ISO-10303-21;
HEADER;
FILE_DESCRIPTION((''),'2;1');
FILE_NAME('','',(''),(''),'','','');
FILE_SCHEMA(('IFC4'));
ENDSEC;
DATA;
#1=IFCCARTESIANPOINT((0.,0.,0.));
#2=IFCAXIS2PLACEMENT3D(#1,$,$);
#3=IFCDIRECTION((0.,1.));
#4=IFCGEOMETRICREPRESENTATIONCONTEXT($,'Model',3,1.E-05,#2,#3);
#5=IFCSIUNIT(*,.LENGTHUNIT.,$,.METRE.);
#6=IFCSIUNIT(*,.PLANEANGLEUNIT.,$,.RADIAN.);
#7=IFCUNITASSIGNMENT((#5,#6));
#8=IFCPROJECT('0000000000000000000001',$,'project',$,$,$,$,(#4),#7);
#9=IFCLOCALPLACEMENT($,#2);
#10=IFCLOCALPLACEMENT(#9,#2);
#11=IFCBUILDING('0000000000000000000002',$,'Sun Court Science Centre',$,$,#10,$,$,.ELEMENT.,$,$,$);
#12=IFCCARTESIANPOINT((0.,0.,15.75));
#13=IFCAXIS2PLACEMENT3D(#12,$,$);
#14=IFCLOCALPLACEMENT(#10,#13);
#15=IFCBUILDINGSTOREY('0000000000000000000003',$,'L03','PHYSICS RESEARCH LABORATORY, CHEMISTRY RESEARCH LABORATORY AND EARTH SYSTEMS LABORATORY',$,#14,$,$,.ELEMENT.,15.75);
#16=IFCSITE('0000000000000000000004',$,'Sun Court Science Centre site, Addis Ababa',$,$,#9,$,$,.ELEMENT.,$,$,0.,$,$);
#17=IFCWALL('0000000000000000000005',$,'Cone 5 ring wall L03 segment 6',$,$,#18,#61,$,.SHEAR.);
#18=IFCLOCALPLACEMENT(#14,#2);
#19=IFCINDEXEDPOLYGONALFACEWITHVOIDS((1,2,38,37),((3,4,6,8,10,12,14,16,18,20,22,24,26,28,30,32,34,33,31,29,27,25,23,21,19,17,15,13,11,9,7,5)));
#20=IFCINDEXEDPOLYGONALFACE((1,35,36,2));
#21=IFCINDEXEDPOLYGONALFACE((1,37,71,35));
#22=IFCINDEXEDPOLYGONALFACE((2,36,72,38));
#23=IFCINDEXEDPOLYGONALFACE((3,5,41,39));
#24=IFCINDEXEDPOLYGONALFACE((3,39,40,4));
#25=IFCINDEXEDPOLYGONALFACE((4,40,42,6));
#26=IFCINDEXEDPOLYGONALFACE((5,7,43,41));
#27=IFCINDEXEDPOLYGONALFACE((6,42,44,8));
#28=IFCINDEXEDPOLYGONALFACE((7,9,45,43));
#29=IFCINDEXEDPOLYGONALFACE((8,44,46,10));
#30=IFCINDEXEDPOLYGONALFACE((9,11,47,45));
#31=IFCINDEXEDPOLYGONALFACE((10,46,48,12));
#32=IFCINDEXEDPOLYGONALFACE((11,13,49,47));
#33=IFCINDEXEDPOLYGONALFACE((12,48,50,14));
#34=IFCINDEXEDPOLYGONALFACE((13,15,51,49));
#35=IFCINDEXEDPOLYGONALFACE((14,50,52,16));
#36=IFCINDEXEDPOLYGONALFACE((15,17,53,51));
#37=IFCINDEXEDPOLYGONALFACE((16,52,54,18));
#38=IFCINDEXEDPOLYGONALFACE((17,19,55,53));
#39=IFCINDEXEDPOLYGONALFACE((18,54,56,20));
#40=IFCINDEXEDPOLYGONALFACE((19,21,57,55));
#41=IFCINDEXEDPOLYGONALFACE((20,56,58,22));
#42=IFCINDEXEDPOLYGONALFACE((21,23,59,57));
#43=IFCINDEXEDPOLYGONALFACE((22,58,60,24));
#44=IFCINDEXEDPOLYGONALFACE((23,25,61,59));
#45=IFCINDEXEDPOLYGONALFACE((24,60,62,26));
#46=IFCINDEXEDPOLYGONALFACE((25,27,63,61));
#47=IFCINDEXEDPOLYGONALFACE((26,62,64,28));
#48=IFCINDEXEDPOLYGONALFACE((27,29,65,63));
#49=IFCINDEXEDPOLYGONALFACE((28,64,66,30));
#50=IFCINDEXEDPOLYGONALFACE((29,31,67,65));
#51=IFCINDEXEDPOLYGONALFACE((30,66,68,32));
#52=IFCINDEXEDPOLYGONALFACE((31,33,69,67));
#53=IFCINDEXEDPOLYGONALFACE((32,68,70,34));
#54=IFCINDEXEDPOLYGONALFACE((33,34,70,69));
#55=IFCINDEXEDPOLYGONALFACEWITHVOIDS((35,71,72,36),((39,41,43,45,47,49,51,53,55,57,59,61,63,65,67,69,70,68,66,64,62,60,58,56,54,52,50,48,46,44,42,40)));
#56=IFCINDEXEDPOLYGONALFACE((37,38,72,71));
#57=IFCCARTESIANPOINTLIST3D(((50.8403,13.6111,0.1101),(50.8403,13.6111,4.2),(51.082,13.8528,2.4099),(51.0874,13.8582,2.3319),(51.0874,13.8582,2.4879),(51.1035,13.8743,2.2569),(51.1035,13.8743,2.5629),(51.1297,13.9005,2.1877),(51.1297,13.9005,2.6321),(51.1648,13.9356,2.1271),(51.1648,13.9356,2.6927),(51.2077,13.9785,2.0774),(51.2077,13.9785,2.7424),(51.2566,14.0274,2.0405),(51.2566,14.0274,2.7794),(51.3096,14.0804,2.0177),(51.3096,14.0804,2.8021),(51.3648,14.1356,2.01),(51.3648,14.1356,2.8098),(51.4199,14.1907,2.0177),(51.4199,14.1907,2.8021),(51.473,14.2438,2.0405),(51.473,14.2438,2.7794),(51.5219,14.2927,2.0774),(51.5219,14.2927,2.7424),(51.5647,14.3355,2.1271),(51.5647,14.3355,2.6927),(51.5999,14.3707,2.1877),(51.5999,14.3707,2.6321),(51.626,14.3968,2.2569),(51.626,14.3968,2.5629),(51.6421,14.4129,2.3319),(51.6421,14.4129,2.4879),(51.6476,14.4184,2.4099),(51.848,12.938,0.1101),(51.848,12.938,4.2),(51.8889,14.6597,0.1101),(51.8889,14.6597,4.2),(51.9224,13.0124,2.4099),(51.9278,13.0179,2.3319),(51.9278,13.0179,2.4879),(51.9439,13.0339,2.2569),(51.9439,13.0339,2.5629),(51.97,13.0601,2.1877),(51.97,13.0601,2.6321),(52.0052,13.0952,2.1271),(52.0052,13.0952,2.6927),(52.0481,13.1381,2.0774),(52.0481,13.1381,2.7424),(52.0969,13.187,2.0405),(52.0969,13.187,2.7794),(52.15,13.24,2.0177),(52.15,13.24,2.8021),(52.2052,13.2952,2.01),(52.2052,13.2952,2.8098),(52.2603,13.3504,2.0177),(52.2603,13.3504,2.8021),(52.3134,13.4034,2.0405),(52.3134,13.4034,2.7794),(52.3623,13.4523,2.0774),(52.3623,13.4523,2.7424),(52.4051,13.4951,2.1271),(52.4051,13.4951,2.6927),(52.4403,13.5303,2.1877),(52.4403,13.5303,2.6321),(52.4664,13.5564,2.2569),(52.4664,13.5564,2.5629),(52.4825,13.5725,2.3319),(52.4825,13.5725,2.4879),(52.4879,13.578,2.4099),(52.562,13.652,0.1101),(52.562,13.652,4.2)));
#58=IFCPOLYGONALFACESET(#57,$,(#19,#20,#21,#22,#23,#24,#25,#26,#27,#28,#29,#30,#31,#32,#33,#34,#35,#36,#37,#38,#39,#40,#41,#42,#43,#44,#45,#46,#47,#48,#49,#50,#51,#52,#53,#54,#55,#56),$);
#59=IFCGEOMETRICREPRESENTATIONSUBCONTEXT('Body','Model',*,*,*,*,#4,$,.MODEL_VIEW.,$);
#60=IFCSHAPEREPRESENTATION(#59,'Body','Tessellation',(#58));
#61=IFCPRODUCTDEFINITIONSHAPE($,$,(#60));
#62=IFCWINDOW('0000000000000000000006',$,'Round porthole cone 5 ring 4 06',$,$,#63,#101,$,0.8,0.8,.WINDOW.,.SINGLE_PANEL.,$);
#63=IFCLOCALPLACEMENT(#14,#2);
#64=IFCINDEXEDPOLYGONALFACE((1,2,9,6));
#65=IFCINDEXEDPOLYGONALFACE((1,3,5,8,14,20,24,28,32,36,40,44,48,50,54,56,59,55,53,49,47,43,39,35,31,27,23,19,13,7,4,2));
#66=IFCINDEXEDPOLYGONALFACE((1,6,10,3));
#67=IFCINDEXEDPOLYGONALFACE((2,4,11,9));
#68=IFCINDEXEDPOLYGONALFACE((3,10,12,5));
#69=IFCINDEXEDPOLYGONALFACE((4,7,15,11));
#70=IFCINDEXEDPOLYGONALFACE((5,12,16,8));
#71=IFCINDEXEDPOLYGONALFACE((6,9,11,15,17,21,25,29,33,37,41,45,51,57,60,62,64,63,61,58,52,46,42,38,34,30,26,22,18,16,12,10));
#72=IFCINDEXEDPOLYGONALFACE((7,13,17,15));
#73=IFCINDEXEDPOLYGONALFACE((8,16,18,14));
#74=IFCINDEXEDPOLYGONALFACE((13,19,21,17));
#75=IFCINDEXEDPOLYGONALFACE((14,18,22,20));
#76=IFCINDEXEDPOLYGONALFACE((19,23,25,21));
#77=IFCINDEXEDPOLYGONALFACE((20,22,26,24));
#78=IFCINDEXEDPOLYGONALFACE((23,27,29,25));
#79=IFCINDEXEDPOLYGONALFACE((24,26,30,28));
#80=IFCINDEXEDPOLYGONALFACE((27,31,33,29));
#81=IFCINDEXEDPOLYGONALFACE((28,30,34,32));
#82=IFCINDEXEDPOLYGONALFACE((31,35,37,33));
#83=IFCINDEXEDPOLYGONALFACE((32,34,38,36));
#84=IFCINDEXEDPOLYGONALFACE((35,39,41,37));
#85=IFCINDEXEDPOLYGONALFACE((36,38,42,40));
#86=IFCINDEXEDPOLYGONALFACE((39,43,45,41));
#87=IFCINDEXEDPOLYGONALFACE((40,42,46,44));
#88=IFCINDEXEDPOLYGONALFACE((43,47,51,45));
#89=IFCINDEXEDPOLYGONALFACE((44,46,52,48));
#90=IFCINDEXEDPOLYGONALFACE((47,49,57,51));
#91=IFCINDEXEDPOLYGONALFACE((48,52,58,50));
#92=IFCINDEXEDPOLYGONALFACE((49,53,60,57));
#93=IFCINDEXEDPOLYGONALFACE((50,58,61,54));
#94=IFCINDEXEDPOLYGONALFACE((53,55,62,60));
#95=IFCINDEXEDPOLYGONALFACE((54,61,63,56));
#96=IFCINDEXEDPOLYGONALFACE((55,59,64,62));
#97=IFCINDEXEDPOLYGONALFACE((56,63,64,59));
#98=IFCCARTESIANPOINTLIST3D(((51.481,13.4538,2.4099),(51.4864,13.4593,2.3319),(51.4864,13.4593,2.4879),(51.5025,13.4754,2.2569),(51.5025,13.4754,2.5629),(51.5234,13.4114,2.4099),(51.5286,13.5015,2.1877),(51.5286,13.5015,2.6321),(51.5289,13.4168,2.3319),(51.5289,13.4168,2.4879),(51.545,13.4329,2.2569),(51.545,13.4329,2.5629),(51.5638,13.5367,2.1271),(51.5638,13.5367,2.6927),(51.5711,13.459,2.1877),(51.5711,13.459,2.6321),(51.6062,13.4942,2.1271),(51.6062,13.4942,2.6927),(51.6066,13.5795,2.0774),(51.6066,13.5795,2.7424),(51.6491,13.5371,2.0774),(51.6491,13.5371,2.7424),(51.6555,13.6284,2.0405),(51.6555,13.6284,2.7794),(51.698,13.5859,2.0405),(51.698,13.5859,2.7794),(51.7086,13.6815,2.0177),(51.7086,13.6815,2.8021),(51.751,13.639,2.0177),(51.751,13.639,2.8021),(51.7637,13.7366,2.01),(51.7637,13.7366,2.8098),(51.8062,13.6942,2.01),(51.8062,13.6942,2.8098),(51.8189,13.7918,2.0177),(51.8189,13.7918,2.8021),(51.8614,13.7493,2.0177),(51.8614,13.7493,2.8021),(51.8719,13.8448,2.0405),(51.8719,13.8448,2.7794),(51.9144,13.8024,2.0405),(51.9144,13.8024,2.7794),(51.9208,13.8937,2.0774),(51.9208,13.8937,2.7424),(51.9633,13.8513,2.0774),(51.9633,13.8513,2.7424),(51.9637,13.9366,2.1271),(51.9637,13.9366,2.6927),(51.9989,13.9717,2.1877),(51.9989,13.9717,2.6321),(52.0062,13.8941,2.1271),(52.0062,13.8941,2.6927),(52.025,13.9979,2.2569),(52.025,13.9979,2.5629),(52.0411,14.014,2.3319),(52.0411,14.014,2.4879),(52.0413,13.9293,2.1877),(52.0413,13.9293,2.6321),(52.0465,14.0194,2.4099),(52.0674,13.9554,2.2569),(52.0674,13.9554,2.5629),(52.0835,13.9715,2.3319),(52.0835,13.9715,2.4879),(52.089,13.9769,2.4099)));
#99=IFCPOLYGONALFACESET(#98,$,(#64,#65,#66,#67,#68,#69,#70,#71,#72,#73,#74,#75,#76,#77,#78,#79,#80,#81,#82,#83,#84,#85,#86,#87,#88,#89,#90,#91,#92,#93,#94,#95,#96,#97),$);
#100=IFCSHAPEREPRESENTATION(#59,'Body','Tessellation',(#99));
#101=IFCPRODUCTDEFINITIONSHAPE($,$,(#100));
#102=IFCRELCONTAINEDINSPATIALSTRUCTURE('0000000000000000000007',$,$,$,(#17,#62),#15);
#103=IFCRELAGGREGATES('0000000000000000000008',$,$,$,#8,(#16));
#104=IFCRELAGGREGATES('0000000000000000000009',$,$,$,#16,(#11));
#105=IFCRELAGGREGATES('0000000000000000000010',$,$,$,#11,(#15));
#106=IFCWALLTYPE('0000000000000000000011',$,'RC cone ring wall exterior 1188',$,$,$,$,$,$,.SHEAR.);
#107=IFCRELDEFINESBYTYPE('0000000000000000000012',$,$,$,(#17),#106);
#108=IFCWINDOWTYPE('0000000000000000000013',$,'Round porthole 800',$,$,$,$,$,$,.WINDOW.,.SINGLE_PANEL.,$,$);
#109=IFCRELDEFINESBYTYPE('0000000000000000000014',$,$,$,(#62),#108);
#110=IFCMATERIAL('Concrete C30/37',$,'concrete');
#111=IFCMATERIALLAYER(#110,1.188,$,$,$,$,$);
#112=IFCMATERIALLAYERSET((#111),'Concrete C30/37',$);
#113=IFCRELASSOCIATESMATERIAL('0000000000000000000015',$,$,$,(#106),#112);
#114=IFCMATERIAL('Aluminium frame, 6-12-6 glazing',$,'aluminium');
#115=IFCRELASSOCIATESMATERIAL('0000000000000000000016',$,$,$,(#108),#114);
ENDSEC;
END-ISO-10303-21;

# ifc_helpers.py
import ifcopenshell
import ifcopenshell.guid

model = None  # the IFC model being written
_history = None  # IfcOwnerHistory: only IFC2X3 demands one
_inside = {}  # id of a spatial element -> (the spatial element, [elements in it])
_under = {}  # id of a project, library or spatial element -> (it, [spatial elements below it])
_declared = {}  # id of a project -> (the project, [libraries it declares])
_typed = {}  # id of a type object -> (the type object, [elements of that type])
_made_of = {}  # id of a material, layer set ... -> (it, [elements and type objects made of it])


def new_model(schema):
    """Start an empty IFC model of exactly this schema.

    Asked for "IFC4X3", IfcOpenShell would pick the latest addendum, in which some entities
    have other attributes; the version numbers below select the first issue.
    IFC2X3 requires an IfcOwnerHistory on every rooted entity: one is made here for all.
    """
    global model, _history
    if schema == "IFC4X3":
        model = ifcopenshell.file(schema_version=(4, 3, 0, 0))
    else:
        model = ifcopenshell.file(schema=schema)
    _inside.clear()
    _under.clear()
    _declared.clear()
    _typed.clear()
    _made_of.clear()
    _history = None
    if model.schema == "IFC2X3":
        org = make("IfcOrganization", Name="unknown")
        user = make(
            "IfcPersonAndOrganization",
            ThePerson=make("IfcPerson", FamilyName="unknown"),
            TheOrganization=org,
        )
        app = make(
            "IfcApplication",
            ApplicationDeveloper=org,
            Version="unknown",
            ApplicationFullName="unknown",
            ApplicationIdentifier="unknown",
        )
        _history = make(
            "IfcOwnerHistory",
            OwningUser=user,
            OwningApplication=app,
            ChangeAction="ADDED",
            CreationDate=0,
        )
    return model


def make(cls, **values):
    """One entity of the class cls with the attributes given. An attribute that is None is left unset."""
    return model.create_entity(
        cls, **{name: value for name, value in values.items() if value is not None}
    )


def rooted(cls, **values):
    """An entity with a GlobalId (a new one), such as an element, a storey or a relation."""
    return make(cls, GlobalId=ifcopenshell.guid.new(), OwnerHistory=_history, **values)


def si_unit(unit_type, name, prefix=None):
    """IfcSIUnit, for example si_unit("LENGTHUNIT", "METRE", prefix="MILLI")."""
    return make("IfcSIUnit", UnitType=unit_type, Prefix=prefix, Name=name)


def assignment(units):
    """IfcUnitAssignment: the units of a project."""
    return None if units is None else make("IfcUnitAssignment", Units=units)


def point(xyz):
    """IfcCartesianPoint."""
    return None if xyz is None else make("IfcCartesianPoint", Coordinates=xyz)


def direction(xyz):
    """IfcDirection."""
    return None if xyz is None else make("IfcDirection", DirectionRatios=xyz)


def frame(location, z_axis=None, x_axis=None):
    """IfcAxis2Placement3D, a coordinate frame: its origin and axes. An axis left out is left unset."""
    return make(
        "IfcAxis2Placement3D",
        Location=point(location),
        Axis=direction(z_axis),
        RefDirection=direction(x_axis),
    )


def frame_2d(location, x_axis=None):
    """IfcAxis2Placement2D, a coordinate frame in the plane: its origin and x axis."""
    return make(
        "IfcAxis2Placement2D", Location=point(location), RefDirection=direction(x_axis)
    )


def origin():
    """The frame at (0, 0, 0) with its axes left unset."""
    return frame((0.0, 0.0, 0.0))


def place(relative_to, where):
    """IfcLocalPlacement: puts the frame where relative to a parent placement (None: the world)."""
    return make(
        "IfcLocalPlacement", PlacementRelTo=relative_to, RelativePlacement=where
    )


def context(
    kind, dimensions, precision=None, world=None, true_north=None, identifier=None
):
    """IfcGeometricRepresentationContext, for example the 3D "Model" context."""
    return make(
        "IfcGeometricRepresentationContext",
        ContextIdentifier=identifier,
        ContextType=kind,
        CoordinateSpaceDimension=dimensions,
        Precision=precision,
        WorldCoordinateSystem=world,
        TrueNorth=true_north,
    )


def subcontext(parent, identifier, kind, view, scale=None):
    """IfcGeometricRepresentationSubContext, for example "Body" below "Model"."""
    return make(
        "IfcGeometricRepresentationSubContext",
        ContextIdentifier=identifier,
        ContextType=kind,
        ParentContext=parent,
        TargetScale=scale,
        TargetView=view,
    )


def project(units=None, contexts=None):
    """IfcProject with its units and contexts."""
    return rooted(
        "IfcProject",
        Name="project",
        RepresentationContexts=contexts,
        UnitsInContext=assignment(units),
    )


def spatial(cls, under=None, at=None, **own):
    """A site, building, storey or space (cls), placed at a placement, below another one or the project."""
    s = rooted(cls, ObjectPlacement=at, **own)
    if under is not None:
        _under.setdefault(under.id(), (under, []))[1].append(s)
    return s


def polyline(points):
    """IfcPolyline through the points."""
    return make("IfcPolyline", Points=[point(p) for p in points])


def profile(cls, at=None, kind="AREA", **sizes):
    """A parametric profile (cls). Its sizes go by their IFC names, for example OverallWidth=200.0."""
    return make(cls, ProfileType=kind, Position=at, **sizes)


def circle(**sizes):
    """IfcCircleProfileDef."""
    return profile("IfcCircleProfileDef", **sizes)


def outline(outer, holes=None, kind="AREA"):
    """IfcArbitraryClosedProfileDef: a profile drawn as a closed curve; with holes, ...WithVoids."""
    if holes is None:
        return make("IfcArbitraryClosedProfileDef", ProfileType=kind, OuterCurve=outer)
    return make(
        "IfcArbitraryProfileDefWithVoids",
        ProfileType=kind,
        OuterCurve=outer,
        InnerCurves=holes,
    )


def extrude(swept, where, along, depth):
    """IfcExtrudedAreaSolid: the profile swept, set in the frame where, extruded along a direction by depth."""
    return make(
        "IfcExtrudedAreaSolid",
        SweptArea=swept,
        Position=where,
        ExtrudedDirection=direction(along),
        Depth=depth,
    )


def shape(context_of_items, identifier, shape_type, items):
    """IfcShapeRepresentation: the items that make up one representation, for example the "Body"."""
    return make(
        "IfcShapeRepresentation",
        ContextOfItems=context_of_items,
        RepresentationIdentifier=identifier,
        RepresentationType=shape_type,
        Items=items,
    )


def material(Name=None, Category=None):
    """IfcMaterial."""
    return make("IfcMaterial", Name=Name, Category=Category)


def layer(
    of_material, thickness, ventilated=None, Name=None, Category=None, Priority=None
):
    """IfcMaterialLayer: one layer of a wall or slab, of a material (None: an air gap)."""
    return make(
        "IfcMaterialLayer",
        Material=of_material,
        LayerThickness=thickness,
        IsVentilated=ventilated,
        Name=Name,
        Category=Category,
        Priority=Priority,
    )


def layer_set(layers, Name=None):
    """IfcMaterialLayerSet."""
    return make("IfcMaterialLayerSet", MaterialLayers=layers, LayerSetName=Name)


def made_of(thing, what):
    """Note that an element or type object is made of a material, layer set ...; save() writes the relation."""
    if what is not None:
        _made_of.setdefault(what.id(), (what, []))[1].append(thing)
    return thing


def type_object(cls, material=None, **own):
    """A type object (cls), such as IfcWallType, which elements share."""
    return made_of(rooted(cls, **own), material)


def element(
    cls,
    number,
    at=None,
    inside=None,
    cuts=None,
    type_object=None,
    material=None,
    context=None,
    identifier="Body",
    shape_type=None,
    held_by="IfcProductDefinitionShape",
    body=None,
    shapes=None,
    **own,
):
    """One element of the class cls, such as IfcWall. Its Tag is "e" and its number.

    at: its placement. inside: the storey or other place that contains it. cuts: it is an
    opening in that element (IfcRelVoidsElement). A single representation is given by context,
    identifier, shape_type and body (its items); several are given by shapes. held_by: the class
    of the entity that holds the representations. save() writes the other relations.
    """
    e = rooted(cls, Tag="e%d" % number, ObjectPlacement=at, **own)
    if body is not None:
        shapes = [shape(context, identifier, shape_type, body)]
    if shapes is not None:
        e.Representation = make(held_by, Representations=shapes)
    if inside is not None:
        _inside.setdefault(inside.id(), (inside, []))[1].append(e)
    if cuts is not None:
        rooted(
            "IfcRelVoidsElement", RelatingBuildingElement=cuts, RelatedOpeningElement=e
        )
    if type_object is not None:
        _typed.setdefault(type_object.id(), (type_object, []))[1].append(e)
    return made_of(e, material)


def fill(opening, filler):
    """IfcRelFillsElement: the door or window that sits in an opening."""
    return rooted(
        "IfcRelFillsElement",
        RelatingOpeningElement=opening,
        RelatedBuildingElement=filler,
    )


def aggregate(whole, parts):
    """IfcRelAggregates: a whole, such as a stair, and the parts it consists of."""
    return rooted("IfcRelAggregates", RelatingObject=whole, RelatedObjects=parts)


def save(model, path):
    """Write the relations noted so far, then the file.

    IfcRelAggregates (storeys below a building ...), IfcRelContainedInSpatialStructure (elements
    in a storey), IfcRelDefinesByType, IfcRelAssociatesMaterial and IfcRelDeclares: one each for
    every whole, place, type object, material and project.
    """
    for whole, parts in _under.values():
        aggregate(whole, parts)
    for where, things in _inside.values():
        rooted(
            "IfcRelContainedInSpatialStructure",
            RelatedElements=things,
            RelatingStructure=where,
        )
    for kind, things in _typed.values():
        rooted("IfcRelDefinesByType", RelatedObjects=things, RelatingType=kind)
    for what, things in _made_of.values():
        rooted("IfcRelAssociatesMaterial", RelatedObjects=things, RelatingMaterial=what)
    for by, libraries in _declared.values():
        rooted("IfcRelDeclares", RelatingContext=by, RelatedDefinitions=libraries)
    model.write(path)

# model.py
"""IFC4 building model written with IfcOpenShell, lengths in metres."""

from ifc_helpers import new_model, si_unit, direction, frame, frame_2d, origin, place, context, subcontext, project, spatial, polyline, circle, outline, extrude, material, layer, layer_set, type_object, element, fill, save


model = new_model("IFC4")

# Units and contexts
model_context = context("Model", 3, precision=1e-05, world=origin(), true_north=direction((0.0, 1.0)))
body_context = subcontext(model_context, "Body", "Model", "MODEL_VIEW")
ifc_project = project(units=[si_unit("LENGTHUNIT", "METRE"), si_unit("PLANEANGLEUNIT", "RADIAN")], contexts=[model_context])

# Site, building, storey
site_placement = place(None, origin())
site = spatial("IfcSite", under=ifc_project, at=site_placement, Name="Sun Court Science Centre site, Addis Ababa", CompositionType="ELEMENT", RefElevation=0.0)
building_placement = place(site_placement, origin())
building = spatial("IfcBuilding", under=site, at=building_placement, Name="Sun Court Science Centre", CompositionType="ELEMENT")
storey_placement = place(building_placement, frame((0.0, 0.0, 15.75)))
storey = spatial("IfcBuildingStorey", under=building, at=storey_placement, Name="L03", Description="PHYSICS RESEARCH LABORATORY, CHEMISTRY RESEARCH LABORATORY AND EARTH SYSTEMS LABORATORY", CompositionType="ELEMENT", Elevation=15.75)

# Wall, opening, window
ifc_material_1 = material(Name="Concrete C30/37", Category="concrete")
ifc_layer_1 = layer(ifc_material_1, 1.188)
ifc_layer_set_1 = layer_set([ifc_layer_1], Name="Concrete C30/37")
wall_type_1 = type_object("IfcWallType", Name="RC cone ring wall exterior 1188", PredefinedType="SHEAR", material=ifc_layer_set_1)
ifc_material_2 = material(Name="Aluminium frame, 6-12-6 glazing", Category="aluminium")
window_type_1 = type_object("IfcWindowType", Name="Round porthole 800", PartitioningType="SINGLE_PANEL", PredefinedType="WINDOW", material=ifc_material_2)
wall_1_placement = place(storey_placement, frame((52.3091, 14.2395, 0.1101), z_axis=(0.0, 0.0, 1.0), x_axis=(-0.707107, -0.707107, 0.0)))
wall_1 = element("IfcWall", 1, at=wall_1_placement, inside=storey, type_object=wall_type_1, Name="Cone 5 ring wall L03 segment 6", PredefinedType="SHEAR", context=body_context, shape_type="SweptSolid", body=[
    extrude(outline(polyline([(0.0, -0.5942), (1.4829, -0.5942), (1.2463, 0.5942), (0.2366, 0.5942), (0.0, -0.5942)])), origin(), (0.0, 0.0, 1.0), 4.0898),
])
opening_1_placement = place(wall_1_placement, frame((0.3413, 0.0, 1.8999)))
opening_1 = element("IfcOpeningElement", 2, at=opening_1_placement, cuts=wall_1, PredefinedType="OPENING", context=body_context, shape_type="SweptSolid", body=[
    extrude(circle(Radius=0.3999, at=frame_2d((0.3999, 0.3999))), frame((0.0, 0.6042, 0.0), z_axis=(0.0, -1.0, 0.0), x_axis=(1.0, 0.0, 0.0)), (0.0, 0.0, 1.0), 1.2085),
])
window_1_placement = place(opening_1_placement, origin())
window_1 = element("IfcWindow", 3, at=window_1_placement, inside=storey, type_object=window_type_1, Name="Round porthole cone 5 ring 4 06", OverallHeight=0.8, OverallWidth=0.8, PartitioningType="SINGLE_PANEL", PredefinedType="WINDOW", context=body_context, shape_type="SweptSolid", body=[
    extrude(circle(Radius=0.3999, at=frame_2d((0.3999, 0.3999))), frame((0.0, 0.03, 0.0), z_axis=(0.0, -1.0, 0.0), x_axis=(1.0, 0.0, 0.0)), (0.0, 0.0, 1.0), 0.0601),
])
fill(opening_1, window_1)

save(model, "model.ifc")
